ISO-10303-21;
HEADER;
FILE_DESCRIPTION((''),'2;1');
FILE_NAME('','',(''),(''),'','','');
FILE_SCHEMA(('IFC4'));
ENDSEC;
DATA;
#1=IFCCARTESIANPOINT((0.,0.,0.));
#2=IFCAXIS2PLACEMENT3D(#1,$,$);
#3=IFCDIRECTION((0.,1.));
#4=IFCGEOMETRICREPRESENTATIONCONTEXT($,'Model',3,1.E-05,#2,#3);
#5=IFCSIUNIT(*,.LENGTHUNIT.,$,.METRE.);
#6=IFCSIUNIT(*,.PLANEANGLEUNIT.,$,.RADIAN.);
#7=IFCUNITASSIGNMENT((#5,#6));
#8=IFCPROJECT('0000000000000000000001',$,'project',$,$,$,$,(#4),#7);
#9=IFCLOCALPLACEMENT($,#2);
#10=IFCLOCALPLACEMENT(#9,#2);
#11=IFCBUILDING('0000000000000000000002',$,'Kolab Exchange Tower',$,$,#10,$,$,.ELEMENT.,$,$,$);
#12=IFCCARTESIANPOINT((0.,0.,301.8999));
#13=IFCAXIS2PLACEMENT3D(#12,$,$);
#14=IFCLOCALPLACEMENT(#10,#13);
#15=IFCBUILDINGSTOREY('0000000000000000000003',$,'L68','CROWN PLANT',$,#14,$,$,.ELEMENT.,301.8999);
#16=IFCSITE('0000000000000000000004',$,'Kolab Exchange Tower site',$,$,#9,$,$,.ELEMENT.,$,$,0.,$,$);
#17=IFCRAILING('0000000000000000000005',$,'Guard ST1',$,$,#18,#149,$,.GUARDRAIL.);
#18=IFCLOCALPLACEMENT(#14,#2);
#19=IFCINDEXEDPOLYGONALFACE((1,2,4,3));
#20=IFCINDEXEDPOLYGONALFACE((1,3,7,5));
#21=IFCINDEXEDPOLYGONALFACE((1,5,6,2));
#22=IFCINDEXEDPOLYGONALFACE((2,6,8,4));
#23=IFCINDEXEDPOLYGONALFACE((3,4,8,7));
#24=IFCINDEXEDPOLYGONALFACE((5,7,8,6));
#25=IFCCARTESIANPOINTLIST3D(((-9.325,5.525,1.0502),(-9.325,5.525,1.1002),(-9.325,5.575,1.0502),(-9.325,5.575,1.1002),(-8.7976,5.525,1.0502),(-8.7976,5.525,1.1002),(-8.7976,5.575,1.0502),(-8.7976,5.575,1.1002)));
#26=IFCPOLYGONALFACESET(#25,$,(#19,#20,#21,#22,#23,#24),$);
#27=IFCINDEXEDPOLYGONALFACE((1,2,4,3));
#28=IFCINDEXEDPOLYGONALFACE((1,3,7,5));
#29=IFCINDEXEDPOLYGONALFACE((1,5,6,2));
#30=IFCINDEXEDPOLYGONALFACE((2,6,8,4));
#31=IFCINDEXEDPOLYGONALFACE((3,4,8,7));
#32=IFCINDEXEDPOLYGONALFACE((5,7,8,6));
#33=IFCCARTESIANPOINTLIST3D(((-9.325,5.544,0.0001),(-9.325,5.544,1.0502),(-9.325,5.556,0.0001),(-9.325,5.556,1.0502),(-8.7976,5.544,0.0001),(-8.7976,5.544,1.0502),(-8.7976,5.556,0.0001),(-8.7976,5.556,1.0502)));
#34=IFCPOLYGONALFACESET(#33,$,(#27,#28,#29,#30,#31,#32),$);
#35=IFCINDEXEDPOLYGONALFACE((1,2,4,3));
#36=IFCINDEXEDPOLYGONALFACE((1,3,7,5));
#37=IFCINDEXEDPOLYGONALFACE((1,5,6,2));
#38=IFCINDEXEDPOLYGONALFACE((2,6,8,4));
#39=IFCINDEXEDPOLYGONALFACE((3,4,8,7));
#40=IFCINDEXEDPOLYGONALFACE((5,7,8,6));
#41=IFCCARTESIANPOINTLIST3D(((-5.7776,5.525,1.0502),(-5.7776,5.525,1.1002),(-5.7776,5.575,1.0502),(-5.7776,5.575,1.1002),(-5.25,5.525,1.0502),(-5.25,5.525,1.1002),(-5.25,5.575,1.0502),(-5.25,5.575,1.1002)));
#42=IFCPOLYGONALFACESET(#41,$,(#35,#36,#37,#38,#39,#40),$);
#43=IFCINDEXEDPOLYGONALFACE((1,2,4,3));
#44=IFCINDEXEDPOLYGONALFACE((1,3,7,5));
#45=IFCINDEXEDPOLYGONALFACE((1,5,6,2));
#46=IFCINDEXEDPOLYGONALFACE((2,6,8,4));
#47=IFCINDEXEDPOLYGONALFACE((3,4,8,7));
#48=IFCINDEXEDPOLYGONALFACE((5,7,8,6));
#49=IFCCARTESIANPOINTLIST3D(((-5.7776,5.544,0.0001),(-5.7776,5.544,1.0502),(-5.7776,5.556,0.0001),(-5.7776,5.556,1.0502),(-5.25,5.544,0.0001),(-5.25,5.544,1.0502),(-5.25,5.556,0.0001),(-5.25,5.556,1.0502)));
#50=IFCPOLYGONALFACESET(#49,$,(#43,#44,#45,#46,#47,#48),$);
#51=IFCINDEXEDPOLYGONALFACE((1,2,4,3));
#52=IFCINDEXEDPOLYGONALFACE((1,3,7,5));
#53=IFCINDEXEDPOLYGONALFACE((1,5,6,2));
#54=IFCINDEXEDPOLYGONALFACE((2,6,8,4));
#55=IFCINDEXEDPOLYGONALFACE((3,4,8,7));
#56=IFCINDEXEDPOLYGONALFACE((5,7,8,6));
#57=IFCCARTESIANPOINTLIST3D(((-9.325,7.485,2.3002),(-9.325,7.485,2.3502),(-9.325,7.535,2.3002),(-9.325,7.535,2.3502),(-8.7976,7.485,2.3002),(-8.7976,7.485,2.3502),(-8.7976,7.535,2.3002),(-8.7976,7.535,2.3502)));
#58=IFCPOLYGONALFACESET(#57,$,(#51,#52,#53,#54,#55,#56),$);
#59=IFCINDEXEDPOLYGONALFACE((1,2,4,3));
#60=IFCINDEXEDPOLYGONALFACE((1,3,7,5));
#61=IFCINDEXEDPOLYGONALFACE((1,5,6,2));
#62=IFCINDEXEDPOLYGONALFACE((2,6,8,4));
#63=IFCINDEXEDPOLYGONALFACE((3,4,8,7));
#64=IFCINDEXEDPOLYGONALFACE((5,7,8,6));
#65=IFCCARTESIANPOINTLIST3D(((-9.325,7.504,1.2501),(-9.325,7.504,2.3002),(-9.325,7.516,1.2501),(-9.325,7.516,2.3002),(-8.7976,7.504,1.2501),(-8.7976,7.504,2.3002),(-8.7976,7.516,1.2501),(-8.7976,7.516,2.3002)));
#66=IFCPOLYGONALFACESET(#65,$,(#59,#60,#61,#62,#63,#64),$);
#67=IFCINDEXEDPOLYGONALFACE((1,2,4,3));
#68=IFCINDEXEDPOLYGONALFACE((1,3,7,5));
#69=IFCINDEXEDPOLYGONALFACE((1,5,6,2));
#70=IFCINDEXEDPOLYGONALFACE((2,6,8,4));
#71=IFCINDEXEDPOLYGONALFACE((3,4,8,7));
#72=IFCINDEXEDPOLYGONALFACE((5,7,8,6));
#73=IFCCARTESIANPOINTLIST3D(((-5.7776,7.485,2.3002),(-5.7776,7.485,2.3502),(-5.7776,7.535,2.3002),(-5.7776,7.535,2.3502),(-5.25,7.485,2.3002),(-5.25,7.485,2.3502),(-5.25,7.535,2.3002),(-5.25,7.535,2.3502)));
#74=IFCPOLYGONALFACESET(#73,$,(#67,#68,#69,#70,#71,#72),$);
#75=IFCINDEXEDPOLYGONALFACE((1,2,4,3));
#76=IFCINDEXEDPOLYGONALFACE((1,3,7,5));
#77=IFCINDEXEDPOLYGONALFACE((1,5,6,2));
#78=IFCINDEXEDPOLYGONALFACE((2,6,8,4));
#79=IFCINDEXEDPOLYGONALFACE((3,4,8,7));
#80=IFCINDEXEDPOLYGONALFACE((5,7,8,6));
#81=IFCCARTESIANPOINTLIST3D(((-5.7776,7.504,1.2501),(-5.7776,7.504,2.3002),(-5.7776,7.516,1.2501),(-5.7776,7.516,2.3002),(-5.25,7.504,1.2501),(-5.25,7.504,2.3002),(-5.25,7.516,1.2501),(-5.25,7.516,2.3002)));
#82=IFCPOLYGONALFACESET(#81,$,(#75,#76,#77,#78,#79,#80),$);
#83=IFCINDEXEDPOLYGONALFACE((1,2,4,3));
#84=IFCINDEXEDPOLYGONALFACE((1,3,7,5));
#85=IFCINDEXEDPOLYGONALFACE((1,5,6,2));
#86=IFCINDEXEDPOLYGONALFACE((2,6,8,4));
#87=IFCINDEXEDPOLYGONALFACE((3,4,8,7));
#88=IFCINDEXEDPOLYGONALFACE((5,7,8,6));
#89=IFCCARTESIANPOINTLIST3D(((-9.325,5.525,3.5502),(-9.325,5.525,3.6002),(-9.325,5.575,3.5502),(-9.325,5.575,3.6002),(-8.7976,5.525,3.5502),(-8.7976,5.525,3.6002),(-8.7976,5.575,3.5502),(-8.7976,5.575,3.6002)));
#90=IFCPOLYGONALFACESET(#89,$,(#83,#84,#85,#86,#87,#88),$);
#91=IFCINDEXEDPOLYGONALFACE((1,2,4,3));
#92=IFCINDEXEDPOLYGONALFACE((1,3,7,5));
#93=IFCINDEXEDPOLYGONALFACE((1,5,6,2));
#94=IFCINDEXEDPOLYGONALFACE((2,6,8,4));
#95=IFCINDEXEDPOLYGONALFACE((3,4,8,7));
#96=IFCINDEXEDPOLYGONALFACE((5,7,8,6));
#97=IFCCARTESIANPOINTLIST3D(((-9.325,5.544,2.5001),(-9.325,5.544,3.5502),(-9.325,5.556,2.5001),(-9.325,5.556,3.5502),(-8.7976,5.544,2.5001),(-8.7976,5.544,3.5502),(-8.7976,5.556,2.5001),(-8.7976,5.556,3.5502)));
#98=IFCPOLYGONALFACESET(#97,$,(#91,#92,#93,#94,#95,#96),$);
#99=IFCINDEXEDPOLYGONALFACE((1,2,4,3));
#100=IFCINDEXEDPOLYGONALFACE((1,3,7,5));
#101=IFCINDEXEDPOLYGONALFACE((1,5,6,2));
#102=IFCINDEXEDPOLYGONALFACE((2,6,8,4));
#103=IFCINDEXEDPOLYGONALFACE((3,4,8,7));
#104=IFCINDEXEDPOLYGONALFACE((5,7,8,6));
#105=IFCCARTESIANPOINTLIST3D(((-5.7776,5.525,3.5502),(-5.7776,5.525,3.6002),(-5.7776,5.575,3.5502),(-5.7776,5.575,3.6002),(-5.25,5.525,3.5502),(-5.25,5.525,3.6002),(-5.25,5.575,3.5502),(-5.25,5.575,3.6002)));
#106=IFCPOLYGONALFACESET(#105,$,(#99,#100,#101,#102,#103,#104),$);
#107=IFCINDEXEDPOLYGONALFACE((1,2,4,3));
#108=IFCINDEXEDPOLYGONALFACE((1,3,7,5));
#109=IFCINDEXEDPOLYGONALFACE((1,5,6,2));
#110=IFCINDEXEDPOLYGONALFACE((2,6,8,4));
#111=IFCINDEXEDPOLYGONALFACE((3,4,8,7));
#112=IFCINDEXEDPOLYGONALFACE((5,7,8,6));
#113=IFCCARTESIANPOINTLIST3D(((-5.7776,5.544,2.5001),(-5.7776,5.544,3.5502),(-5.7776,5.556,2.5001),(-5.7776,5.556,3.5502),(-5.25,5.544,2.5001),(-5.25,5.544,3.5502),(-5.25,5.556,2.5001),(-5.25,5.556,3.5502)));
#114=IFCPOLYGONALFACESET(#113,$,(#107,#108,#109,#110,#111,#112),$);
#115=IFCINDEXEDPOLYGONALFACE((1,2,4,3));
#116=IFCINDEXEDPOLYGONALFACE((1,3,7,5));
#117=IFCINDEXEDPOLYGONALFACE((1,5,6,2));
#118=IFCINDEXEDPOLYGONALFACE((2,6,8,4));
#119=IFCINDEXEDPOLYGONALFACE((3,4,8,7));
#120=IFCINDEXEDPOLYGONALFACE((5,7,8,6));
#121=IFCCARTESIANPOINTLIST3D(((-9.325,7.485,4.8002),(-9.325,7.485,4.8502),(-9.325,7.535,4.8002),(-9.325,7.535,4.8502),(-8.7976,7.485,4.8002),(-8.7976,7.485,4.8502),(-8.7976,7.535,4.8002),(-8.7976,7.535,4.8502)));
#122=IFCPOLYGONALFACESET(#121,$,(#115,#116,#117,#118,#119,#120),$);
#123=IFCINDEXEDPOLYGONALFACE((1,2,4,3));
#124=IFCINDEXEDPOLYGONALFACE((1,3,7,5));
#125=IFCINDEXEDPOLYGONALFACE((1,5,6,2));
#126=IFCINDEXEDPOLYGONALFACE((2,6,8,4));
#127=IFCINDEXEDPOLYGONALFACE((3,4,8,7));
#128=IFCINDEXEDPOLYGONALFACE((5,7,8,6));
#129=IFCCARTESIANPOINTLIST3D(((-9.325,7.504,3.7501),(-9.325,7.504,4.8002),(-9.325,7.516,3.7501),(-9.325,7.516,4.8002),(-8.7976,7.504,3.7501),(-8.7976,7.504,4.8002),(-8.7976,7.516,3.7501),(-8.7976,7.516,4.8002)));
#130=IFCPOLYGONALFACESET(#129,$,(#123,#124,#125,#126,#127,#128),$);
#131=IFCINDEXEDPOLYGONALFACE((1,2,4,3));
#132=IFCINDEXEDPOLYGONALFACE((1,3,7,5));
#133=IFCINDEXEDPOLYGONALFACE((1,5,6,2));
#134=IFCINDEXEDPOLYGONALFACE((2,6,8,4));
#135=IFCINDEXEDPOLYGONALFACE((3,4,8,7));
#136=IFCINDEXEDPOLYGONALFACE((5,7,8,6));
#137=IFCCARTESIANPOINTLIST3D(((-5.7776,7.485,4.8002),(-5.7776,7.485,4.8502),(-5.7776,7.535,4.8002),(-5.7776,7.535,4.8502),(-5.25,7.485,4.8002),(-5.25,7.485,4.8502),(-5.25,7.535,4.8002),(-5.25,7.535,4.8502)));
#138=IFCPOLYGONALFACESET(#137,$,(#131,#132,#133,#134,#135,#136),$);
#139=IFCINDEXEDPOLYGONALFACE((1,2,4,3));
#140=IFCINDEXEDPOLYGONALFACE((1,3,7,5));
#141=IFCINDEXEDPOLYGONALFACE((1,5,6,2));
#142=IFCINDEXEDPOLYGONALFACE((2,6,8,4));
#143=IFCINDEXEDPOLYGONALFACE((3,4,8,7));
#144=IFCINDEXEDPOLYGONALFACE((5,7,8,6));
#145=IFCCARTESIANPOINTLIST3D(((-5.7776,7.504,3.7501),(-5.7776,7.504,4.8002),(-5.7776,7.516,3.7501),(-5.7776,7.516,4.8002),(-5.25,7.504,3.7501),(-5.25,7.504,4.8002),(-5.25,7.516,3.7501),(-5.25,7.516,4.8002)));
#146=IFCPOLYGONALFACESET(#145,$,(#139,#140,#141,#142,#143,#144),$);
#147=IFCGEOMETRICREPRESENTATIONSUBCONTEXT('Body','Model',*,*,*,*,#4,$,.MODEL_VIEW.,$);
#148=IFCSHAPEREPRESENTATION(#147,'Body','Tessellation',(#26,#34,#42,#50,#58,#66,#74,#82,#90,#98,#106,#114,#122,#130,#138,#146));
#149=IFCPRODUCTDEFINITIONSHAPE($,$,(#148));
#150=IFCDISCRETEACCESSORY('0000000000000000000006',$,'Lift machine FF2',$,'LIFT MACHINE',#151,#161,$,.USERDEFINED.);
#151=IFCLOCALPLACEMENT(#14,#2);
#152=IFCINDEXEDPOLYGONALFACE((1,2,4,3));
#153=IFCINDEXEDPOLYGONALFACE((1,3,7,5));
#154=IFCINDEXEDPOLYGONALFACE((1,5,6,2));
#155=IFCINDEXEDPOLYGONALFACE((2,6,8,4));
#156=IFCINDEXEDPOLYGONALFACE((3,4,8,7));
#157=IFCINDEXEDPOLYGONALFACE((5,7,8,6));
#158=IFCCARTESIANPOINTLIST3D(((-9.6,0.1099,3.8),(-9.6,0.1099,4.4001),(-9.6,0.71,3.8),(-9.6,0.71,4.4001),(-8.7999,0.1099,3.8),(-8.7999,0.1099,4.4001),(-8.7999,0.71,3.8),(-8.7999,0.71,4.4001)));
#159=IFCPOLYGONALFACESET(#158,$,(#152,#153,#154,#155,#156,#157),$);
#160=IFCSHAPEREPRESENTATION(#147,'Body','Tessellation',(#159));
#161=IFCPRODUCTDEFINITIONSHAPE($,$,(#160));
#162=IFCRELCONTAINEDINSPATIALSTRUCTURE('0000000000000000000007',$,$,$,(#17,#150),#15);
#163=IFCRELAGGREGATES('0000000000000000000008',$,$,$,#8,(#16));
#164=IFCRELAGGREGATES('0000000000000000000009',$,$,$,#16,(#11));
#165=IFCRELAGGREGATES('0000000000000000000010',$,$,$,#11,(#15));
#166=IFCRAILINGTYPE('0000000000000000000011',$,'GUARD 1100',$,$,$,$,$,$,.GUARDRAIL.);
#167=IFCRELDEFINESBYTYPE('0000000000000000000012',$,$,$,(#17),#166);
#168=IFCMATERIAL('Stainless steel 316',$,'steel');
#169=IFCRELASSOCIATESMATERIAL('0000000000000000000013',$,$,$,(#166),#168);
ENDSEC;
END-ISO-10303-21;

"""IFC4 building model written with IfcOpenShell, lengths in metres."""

from ifc_helpers import new_model, si_unit, direction, frame, frame_2d, origin, origin_2d, place, context, subcontext, project, spatial, rectangle, extrude, material, type_object, element, save


model = new_model("IFC4")

# Units and contexts
model_context = context("Model", 3, precision=1e-05, world=origin(), true_north=direction((0.0, 1.0)))
body_context = subcontext(model_context, "Body", "Model", "MODEL_VIEW")
ifc_project = project(units=[si_unit("LENGTHUNIT", "METRE"), si_unit("PLANEANGLEUNIT", "RADIAN")], contexts=[model_context])

# Site, building, storey
site_placement = place(None, origin())
site = spatial("IfcSite", under=ifc_project, at=site_placement, Name="Kolab Exchange Tower site", CompositionType="ELEMENT", RefElevation=0.0)
building_placement = place(site_placement, origin())
building = spatial("IfcBuilding", under=site, at=building_placement, Name="Kolab Exchange Tower", CompositionType="ELEMENT")
storey_placement = place(building_placement, frame((0.0, 0.0, 301.8999)))
storey = spatial("IfcBuildingStorey", under=building, at=storey_placement, Name="L68", Description="CROWN PLANT", CompositionType="ELEMENT", Elevation=301.8999)

# Railing
ifc_material_1 = material(Name="Stainless steel 316", Category="steel")
railing_type = type_object("IfcRailingType", Name="GUARD 1100", PredefinedType="GUARDRAIL", material=ifc_material_1)
railing_placement = place(storey_placement, frame((-9.325, 5.55, 0.0)))
element("IfcRailing", 1, at=railing_placement, inside=storey, type_object=railing_type, Name="Guard ST1", PredefinedType="GUARDRAIL", context=body_context, shape_type="SweptSolid", body=[
    extrude(rectangle(XDim=0.05, YDim=0.05, at=origin_2d()), frame((0.0, 0.0, 1.0752), z_axis=(1.0, 0.0, 0.0), x_axis=(0.0, 1.0, 0.0)), (0.0, 0.0, 1.0), 0.5273),
    extrude(rectangle(XDim=0.012, YDim=1.0501, at=frame_2d((0.0, 0.5251))), frame((0.0, 0.0, 0.0), z_axis=(1.0, 0.0, 0.0), x_axis=(0.0, 1.0, 0.0)), (0.0, 0.0, 1.0), 0.5273),
    extrude(rectangle(XDim=0.05, YDim=0.05, at=origin_2d()), frame((3.5474, 0.0, 1.0752), z_axis=(1.0, 0.0, 0.0), x_axis=(0.0, 1.0, 0.0)), (0.0, 0.0, 1.0), 0.5276),
    extrude(rectangle(XDim=0.012, YDim=1.0501, at=frame_2d((0.0, 0.5251))), frame((3.5474, 0.0, 0.0), z_axis=(1.0, 0.0, 0.0), x_axis=(0.0, 1.0, 0.0)), (0.0, 0.0, 1.0), 0.5276),
    extrude(rectangle(XDim=0.05, YDim=0.05, at=origin_2d()), frame((0.0, 1.96, 2.3252), z_axis=(1.0, 0.0, 0.0), x_axis=(0.0, 1.0, 0.0)), (0.0, 0.0, 1.0), 0.5273),
    extrude(rectangle(XDim=0.012, YDim=1.0501, at=frame_2d((0.0, 0.5251))), frame((0.0, 1.96, 1.25), z_axis=(1.0, 0.0, 0.0), x_axis=(0.0, 1.0, 0.0)), (0.0, 0.0, 1.0), 0.5273),
    extrude(rectangle(XDim=0.05, YDim=0.05, at=origin_2d()), frame((3.5474, 1.96, 2.3252), z_axis=(1.0, 0.0, 0.0), x_axis=(0.0, 1.0, 0.0)), (0.0, 0.0, 1.0), 0.5276),
    extrude(rectangle(XDim=0.012, YDim=1.0501, at=frame_2d((0.0, 0.5251))), frame((3.5474, 1.96, 1.25), z_axis=(1.0, 0.0, 0.0), x_axis=(0.0, 1.0, 0.0)), (0.0, 0.0, 1.0), 0.5276),
    extrude(rectangle(XDim=0.05, YDim=0.05, at=origin_2d()), frame((0.0, 0.0, 3.5752), z_axis=(1.0, 0.0, 0.0), x_axis=(0.0, 1.0, 0.0)), (0.0, 0.0, 1.0), 0.5273),
    extrude(rectangle(XDim=0.012, YDim=1.0501, at=frame_2d((0.0, 0.5251))), frame((0.0, 0.0, 2.5), z_axis=(1.0, 0.0, 0.0), x_axis=(0.0, 1.0, 0.0)), (0.0, 0.0, 1.0), 0.5273),
    extrude(rectangle(XDim=0.05, YDim=0.05, at=origin_2d()), frame((3.5474, 0.0, 3.5752), z_axis=(1.0, 0.0, 0.0), x_axis=(0.0, 1.0, 0.0)), (0.0, 0.0, 1.0), 0.5276),
    extrude(rectangle(XDim=0.012, YDim=1.0501, at=frame_2d((0.0, 0.5251))), frame((3.5474, 0.0, 2.5), z_axis=(1.0, 0.0, 0.0), x_axis=(0.0, 1.0, 0.0)), (0.0, 0.0, 1.0), 0.5276),
    extrude(rectangle(XDim=0.05, YDim=0.05, at=origin_2d()), frame((0.0, 1.96, 4.8252), z_axis=(1.0, 0.0, 0.0), x_axis=(0.0, 1.0, 0.0)), (0.0, 0.0, 1.0), 0.5273),
    extrude(rectangle(XDim=0.012, YDim=1.0501, at=frame_2d((0.0, 0.5251))), frame((0.0, 1.96, 3.75), z_axis=(1.0, 0.0, 0.0), x_axis=(0.0, 1.0, 0.0)), (0.0, 0.0, 1.0), 0.5273),
    extrude(rectangle(XDim=0.05, YDim=0.05, at=origin_2d()), frame((3.5474, 1.96, 4.8252), z_axis=(1.0, 0.0, 0.0), x_axis=(0.0, 1.0, 0.0)), (0.0, 0.0, 1.0), 0.5276),
    extrude(rectangle(XDim=0.012, YDim=1.0501, at=frame_2d((0.0, 0.5251))), frame((3.5474, 1.96, 3.75), z_axis=(1.0, 0.0, 0.0), x_axis=(0.0, 1.0, 0.0)), (0.0, 0.0, 1.0), 0.5276),
])

# Discrete accessory
discrete_accessory_placement = place(storey_placement, frame((-9.2, 0.4099, 3.8), z_axis=(0.0, 0.0, 1.0), x_axis=(1.0, 0.0, 0.0)))
element("IfcDiscreteAccessory", 2, at=discrete_accessory_placement, inside=storey, Name="Lift machine FF2", ObjectType="LIFT MACHINE", PredefinedType="USERDEFINED", context=body_context, shape_type="SweptSolid", body=[
    extrude(rectangle(XDim=0.8, YDim=0.6001, at=origin_2d()), origin(), (0.0, 0.0, 1.0), 0.6001),
])

save(model, "model.ifc")
